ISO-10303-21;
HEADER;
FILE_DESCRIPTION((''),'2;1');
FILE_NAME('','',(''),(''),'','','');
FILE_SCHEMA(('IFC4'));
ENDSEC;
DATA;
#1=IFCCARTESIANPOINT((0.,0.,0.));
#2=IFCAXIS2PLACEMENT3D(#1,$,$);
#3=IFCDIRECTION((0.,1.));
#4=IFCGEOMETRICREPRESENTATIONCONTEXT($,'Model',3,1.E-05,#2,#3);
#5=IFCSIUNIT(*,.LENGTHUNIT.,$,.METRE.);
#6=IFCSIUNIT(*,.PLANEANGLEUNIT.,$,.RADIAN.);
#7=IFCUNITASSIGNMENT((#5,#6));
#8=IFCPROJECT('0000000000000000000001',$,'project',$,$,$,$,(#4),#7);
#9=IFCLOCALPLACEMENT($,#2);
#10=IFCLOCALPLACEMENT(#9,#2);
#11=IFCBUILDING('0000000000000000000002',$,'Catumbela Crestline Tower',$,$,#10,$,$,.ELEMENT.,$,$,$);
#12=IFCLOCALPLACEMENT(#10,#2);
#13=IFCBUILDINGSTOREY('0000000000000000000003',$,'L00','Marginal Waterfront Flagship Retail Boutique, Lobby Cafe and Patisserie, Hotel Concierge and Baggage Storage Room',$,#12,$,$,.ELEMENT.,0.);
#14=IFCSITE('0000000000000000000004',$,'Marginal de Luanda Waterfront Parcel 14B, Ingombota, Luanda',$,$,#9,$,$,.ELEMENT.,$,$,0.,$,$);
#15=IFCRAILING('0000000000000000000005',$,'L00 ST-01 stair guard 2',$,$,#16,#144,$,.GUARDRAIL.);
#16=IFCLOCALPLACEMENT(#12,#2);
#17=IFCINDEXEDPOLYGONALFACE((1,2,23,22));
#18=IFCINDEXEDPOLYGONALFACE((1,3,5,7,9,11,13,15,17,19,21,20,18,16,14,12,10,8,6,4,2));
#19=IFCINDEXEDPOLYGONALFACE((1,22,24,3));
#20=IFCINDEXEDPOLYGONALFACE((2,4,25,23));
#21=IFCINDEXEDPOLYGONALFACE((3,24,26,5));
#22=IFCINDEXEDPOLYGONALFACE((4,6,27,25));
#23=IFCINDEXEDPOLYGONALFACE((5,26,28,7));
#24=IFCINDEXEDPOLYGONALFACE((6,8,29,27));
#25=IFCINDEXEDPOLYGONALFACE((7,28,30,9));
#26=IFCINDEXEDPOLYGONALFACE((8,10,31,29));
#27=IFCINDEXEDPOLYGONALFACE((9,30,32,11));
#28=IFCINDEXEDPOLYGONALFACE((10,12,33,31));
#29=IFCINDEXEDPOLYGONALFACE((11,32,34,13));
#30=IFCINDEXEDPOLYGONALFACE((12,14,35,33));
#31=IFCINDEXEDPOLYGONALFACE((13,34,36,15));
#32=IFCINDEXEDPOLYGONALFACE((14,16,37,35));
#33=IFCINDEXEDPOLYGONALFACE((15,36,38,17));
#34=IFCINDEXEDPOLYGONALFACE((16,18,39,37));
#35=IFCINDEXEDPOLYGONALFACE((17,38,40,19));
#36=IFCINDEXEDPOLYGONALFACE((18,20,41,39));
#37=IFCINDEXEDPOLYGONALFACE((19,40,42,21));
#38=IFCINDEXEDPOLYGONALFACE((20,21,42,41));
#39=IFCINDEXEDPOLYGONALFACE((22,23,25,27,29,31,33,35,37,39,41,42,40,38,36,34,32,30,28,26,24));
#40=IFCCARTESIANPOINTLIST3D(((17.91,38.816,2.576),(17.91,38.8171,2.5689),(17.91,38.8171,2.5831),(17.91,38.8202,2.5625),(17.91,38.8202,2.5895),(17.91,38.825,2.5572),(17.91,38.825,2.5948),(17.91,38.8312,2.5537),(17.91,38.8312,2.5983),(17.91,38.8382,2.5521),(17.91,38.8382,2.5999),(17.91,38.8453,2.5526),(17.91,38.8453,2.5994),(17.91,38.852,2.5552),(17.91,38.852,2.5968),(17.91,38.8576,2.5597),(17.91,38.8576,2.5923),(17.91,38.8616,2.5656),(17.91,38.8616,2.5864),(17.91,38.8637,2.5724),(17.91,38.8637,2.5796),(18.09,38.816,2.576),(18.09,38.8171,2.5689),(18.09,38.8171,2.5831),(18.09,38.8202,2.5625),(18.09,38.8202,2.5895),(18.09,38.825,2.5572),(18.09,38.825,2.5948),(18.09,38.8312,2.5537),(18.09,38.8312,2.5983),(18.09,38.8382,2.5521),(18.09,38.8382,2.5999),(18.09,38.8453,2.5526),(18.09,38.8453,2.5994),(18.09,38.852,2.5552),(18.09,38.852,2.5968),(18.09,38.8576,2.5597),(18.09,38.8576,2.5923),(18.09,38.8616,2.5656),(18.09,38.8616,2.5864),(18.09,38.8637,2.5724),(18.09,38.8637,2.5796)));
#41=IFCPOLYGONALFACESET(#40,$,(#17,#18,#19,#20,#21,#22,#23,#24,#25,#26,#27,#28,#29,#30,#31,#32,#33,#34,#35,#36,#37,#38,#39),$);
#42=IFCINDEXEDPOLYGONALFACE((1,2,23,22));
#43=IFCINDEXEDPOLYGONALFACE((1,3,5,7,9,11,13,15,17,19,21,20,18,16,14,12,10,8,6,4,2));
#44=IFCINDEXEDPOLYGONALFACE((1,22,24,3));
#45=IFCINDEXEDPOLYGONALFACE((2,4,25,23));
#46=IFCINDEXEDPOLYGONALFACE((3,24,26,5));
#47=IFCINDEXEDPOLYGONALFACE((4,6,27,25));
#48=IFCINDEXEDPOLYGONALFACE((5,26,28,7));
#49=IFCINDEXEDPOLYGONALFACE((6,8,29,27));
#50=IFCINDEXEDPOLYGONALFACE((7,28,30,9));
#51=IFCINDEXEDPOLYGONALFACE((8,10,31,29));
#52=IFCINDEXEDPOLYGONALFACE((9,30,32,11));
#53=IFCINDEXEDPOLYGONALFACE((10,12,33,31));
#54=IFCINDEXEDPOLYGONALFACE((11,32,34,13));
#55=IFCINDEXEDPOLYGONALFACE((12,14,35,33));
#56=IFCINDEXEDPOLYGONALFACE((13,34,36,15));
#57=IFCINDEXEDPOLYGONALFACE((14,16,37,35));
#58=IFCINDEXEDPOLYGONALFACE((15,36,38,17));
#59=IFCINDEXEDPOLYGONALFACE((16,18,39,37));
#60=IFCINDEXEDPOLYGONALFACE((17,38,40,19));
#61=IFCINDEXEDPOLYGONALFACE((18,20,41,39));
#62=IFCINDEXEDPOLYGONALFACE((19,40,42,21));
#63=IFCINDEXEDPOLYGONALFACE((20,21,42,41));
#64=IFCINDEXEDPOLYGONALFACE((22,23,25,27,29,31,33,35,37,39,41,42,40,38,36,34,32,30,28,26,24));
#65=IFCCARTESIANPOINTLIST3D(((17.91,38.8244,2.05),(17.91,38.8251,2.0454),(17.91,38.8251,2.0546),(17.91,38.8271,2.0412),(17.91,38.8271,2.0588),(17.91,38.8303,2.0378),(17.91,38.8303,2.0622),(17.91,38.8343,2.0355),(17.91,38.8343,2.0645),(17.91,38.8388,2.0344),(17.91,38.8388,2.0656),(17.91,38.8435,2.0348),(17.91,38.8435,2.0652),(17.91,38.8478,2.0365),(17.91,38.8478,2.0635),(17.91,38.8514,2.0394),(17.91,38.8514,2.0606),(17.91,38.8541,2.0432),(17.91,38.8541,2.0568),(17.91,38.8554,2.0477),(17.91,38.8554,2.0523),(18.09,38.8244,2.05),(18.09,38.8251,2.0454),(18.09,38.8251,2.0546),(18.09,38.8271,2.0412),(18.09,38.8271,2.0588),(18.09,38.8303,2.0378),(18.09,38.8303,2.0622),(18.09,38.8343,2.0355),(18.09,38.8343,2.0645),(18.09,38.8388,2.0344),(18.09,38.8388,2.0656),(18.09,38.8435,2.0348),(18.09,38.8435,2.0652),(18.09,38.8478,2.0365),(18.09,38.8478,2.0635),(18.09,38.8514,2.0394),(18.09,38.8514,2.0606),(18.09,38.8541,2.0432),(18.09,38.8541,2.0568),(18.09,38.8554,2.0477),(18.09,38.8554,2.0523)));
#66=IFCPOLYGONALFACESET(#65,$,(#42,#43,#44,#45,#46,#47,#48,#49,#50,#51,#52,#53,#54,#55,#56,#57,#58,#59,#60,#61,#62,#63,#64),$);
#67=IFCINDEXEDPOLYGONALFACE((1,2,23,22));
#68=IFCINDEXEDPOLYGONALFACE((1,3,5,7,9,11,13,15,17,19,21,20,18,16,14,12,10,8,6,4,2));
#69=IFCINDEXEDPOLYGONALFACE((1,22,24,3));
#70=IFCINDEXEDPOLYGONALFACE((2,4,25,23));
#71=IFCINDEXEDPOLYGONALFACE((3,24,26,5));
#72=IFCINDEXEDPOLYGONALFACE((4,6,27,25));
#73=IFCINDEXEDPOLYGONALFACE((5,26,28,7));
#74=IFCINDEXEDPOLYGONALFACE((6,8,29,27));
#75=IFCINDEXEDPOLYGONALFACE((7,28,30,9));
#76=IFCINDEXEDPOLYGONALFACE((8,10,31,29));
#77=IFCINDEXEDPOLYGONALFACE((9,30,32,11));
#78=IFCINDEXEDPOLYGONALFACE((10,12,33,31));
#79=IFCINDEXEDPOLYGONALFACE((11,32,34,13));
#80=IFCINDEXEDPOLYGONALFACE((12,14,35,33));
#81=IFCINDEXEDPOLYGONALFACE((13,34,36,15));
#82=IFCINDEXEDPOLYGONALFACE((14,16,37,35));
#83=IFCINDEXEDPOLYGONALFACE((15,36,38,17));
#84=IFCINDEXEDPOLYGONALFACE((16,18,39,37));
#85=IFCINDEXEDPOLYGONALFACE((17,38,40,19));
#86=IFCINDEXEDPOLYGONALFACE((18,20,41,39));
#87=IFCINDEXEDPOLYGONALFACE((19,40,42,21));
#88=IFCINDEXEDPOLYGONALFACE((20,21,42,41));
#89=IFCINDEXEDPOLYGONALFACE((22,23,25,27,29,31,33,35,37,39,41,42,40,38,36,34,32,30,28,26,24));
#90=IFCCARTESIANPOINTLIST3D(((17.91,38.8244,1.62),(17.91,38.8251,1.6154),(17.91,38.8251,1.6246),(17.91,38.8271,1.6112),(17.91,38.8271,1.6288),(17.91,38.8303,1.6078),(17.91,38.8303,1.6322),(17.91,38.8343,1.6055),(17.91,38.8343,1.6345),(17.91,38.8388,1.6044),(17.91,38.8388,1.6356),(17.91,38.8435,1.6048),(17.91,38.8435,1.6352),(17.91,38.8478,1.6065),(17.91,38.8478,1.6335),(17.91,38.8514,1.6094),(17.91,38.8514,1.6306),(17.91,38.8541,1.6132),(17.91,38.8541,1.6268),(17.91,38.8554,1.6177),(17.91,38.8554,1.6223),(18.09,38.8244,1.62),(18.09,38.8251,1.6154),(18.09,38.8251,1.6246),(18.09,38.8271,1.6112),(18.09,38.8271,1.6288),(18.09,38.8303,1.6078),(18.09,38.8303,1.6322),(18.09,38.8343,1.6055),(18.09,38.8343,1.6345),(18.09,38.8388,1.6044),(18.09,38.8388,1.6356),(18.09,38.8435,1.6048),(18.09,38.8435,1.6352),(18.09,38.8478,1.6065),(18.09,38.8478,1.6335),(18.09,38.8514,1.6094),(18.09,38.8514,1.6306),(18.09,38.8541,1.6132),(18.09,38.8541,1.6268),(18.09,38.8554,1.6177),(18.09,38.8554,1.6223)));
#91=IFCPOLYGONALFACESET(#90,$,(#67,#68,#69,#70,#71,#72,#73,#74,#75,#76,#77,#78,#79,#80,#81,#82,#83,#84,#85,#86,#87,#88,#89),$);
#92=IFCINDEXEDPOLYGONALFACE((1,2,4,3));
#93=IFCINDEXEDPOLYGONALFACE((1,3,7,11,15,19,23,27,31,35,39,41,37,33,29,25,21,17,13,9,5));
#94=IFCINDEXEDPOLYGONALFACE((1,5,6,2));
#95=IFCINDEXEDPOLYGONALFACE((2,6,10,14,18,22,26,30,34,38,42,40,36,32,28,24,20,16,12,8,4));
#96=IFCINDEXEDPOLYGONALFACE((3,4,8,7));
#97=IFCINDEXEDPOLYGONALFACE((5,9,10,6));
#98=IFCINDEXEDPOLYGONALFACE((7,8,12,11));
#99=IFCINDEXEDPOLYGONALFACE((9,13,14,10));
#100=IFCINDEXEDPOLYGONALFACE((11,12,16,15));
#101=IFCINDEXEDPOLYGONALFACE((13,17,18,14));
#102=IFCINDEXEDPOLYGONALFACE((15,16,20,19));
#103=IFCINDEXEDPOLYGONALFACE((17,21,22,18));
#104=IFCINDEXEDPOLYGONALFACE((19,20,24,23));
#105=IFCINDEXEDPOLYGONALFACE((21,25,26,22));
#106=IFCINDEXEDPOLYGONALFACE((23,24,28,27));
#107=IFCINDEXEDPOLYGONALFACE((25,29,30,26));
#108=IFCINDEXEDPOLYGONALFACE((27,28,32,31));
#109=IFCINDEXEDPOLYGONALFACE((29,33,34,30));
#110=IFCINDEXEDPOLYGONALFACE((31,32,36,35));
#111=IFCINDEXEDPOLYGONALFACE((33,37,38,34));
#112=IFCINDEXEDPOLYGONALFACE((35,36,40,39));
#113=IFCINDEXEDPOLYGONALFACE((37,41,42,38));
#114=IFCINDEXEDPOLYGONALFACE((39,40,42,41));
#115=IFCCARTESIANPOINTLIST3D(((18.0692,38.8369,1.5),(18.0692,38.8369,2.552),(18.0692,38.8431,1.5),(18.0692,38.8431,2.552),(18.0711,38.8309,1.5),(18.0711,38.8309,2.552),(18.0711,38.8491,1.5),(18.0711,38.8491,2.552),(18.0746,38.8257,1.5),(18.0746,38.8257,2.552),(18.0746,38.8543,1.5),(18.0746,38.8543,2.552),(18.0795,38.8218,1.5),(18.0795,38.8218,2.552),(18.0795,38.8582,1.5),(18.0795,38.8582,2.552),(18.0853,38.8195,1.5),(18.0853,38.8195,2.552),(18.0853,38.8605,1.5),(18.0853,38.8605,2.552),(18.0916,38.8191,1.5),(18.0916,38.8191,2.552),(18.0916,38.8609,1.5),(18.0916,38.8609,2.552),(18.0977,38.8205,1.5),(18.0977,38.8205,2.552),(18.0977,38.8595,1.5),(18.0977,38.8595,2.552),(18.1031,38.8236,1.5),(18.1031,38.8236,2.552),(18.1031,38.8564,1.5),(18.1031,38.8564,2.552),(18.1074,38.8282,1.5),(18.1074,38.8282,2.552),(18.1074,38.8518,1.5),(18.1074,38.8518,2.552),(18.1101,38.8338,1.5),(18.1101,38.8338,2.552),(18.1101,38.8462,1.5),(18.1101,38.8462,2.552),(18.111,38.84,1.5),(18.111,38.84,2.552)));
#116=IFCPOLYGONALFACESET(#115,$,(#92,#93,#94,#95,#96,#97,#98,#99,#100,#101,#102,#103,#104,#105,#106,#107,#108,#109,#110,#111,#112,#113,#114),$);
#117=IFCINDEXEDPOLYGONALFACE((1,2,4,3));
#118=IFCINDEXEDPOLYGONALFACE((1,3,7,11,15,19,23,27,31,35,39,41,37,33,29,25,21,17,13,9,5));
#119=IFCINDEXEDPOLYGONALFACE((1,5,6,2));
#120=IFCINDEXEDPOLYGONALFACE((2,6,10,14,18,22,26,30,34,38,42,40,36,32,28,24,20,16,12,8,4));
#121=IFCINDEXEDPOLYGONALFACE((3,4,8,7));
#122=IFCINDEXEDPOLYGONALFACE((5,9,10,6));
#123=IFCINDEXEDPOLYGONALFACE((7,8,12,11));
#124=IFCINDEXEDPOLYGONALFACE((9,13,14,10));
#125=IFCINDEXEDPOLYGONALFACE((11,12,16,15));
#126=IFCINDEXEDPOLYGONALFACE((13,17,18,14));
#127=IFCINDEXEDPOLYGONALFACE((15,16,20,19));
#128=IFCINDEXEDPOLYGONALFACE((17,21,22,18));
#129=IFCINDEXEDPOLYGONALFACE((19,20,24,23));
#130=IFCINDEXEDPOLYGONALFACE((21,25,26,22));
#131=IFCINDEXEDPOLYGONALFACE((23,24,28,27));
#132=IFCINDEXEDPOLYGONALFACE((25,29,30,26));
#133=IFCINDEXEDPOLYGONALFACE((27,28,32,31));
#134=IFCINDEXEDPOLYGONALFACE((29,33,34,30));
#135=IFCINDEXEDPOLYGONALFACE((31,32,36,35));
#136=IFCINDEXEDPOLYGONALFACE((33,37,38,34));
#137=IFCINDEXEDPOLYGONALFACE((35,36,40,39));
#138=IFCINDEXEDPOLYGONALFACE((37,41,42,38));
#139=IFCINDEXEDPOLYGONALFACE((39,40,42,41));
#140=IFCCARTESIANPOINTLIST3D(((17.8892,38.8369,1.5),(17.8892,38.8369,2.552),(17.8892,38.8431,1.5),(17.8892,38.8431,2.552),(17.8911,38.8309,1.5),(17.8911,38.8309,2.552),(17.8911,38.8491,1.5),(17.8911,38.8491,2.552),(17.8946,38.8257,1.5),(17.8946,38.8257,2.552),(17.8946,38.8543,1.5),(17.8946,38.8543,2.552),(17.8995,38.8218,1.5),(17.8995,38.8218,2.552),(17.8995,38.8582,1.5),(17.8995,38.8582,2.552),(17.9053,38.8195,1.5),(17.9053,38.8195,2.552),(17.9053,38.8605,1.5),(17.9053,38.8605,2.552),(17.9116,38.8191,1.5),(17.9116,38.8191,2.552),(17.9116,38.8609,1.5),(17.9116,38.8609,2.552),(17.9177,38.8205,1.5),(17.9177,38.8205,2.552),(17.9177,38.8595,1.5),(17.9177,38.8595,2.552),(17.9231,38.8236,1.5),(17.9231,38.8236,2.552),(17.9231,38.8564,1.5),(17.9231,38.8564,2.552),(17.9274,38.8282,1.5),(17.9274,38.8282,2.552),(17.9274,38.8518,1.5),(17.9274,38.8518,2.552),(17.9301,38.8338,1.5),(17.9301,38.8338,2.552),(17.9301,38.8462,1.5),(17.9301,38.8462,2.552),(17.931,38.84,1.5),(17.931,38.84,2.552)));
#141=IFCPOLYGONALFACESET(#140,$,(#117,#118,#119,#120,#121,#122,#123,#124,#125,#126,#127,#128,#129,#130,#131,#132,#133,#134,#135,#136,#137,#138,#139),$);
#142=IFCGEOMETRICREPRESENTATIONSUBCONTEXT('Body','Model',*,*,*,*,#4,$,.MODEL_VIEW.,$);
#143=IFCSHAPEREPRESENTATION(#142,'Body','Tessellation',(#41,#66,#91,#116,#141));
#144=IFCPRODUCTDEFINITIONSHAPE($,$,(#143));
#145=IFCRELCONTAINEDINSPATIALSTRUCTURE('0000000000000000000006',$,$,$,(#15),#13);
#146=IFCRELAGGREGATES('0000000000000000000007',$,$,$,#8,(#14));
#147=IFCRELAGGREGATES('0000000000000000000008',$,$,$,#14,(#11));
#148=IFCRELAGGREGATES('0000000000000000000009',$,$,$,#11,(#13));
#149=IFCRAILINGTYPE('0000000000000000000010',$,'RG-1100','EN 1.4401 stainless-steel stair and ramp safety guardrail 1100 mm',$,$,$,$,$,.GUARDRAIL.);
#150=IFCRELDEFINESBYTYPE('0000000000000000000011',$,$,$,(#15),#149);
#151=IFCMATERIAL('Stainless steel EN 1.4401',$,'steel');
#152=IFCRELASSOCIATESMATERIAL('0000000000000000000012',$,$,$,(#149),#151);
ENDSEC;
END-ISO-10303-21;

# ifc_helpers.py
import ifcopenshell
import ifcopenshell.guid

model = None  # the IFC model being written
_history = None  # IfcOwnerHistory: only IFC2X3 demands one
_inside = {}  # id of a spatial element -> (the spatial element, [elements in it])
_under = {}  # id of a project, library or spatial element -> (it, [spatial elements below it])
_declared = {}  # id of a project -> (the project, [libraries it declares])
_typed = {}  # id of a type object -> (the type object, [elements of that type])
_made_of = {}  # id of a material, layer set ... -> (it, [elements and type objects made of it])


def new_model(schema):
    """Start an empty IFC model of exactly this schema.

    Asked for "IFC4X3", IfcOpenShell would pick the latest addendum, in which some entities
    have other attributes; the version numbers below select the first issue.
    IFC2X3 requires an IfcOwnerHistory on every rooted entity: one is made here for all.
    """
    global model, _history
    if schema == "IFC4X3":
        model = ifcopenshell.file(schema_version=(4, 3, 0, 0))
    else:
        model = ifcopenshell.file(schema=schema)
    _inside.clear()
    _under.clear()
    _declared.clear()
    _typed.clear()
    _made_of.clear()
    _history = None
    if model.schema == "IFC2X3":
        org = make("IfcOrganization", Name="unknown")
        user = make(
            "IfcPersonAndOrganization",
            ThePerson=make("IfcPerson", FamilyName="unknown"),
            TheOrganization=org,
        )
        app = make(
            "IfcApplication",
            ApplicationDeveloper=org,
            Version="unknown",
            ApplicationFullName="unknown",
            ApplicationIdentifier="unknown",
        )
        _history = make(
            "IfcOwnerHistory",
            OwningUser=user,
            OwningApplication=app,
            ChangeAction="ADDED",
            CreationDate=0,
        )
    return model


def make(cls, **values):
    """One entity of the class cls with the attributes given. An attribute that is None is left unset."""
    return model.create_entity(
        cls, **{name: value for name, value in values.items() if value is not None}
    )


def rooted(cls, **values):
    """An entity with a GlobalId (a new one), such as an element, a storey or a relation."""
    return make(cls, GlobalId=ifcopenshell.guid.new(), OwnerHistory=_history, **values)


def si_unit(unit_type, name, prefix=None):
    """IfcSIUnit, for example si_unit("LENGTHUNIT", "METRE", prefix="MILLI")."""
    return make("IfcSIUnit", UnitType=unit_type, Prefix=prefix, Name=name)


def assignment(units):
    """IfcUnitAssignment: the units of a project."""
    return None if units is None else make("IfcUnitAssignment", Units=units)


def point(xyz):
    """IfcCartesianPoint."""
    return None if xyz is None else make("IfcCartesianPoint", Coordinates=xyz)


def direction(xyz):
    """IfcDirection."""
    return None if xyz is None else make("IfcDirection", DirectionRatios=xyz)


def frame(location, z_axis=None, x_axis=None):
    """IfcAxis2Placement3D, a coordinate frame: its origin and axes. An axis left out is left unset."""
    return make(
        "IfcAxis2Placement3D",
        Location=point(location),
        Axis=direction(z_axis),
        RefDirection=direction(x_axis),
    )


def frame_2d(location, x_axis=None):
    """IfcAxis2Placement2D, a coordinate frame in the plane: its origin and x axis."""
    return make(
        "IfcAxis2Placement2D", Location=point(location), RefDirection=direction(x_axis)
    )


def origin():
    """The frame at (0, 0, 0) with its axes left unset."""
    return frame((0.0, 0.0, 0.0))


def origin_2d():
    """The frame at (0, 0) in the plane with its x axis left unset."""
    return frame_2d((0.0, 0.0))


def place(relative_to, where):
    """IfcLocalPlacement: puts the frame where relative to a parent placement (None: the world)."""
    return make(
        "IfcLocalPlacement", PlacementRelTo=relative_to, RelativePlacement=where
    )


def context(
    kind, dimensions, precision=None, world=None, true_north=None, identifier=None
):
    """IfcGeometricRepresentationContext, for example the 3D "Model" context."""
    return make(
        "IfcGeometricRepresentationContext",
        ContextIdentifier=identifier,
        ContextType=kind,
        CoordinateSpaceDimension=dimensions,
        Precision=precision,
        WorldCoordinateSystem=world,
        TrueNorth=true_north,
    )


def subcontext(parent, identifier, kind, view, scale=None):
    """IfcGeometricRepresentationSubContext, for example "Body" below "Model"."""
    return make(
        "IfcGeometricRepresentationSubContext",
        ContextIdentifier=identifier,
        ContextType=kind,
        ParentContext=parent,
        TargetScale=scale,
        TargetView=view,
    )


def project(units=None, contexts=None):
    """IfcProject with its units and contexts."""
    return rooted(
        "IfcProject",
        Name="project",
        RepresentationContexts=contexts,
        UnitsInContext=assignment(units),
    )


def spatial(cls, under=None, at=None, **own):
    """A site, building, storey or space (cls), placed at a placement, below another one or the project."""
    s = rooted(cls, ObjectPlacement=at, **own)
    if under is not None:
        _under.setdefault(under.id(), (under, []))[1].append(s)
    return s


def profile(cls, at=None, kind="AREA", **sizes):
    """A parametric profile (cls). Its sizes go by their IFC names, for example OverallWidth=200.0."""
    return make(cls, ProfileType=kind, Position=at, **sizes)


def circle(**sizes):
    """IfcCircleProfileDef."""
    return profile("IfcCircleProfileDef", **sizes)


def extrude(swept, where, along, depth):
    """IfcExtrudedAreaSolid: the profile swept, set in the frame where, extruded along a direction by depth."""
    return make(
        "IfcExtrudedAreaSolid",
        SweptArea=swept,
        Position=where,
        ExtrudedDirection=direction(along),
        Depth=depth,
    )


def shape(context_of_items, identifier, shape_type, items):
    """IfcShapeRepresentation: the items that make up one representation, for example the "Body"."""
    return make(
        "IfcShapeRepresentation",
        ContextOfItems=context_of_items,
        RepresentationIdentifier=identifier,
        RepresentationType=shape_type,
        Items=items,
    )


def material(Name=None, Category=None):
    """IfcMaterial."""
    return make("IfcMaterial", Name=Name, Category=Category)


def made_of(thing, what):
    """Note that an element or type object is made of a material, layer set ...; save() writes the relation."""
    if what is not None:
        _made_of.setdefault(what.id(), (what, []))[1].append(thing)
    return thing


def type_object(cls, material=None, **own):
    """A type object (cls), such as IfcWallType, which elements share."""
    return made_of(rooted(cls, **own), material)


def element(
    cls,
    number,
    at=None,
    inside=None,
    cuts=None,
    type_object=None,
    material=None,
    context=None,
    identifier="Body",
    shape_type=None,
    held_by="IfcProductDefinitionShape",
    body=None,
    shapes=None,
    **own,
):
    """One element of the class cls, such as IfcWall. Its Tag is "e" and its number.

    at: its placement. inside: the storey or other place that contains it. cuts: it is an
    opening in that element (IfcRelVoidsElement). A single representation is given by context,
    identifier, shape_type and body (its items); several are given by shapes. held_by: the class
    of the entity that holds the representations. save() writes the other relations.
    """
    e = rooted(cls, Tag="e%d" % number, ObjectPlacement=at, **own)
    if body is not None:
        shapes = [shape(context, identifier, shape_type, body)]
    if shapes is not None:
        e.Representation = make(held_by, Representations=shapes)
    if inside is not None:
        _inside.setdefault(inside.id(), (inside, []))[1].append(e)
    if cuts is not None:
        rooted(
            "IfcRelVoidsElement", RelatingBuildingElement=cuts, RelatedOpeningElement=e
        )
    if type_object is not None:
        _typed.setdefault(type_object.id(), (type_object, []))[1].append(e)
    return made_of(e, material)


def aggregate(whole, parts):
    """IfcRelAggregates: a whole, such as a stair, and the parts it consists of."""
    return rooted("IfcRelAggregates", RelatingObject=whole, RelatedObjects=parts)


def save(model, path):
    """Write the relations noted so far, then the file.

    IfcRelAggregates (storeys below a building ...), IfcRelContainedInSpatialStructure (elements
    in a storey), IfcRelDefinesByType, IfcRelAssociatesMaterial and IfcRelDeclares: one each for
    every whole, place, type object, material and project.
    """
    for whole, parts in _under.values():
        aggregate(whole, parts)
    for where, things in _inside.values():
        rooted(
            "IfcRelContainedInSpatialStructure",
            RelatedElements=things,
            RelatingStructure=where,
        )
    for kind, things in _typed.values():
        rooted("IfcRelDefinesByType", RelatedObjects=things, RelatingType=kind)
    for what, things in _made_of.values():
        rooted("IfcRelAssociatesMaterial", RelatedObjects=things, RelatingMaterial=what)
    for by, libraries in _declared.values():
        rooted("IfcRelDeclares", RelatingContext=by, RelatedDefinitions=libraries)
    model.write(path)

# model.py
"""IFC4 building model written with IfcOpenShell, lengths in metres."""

from ifc_helpers import new_model, si_unit, direction, frame, origin, origin_2d, place, context, subcontext, project, spatial, circle, extrude, material, type_object, element, save


model = new_model("IFC4")

# Units and contexts
model_context = context("Model", 3, precision=1e-05, world=origin(), true_north=direction((0.0, 1.0)))
body_context = subcontext(model_context, "Body", "Model", "MODEL_VIEW")
ifc_project = project(units=[si_unit("LENGTHUNIT", "METRE"), si_unit("PLANEANGLEUNIT", "RADIAN")], contexts=[model_context])

# Site, building, storey
site_placement = place(None, origin())
site = spatial("IfcSite", under=ifc_project, at=site_placement, Name="Marginal de Luanda Waterfront Parcel 14B, Ingombota, Luanda", CompositionType="ELEMENT", RefElevation=0.0)
building_placement = place(site_placement, origin())
building = spatial("IfcBuilding", under=site, at=building_placement, Name="Catumbela Crestline Tower", CompositionType="ELEMENT")
storey_placement = place(building_placement, origin())
storey = spatial("IfcBuildingStorey", under=building, at=storey_placement, Name="L00", Description="Marginal Waterfront Flagship Retail Boutique, Lobby Cafe and Patisserie, Hotel Concierge and Baggage Storage Room", CompositionType="ELEMENT", Elevation=0.0)

# Railing
ifc_material_1 = material(Name="Stainless steel EN 1.4401", Category="steel")
railing_type_1 = type_object("IfcRailingType", Name="RG-1100", Description="EN 1.4401 stainless-steel stair and ramp safety guardrail 1100 mm", PredefinedType="GUARDRAIL", material=ifc_material_1)
railing_1_placement = place(storey_placement, frame((18.09, 38.84, 1.5)))
element("IfcRailing", 1, at=railing_1_placement, inside=storey, type_object=railing_type_1, Name="L00 ST-01 stair guard 2", PredefinedType="GUARDRAIL", context=body_context, shape_type="SweptSolid", body=[
    extrude(circle(Radius=0.024, at=origin_2d()), frame((0.0, 0.0, 1.076), z_axis=(-1.0, 0.0, 0.0), x_axis=(0.0, -1.0, 0.0)), (0.0, 0.0, 1.0), 0.18),
    extrude(circle(Radius=0.0156, at=origin_2d()), frame((0.0, 0.0, 0.55), z_axis=(-1.0, 0.0, 0.0), x_axis=(0.0, -1.0, 0.0)), (0.0, 0.0, 1.0), 0.18),
    extrude(circle(Radius=0.0156, at=origin_2d()), frame((0.0, 0.0, 0.12), z_axis=(-1.0, 0.0, 0.0), x_axis=(0.0, -1.0, 0.0)), (0.0, 0.0, 1.0), 0.18),
    extrude(circle(Radius=0.021, at=origin_2d()), origin(), (0.0, 0.0, 1.0), 1.052),
    extrude(circle(Radius=0.021, at=origin_2d()), frame((-0.18, 0.0, 0.0)), (0.0, 0.0, 1.0), 1.052),
])

save(model, "model.ifc")
